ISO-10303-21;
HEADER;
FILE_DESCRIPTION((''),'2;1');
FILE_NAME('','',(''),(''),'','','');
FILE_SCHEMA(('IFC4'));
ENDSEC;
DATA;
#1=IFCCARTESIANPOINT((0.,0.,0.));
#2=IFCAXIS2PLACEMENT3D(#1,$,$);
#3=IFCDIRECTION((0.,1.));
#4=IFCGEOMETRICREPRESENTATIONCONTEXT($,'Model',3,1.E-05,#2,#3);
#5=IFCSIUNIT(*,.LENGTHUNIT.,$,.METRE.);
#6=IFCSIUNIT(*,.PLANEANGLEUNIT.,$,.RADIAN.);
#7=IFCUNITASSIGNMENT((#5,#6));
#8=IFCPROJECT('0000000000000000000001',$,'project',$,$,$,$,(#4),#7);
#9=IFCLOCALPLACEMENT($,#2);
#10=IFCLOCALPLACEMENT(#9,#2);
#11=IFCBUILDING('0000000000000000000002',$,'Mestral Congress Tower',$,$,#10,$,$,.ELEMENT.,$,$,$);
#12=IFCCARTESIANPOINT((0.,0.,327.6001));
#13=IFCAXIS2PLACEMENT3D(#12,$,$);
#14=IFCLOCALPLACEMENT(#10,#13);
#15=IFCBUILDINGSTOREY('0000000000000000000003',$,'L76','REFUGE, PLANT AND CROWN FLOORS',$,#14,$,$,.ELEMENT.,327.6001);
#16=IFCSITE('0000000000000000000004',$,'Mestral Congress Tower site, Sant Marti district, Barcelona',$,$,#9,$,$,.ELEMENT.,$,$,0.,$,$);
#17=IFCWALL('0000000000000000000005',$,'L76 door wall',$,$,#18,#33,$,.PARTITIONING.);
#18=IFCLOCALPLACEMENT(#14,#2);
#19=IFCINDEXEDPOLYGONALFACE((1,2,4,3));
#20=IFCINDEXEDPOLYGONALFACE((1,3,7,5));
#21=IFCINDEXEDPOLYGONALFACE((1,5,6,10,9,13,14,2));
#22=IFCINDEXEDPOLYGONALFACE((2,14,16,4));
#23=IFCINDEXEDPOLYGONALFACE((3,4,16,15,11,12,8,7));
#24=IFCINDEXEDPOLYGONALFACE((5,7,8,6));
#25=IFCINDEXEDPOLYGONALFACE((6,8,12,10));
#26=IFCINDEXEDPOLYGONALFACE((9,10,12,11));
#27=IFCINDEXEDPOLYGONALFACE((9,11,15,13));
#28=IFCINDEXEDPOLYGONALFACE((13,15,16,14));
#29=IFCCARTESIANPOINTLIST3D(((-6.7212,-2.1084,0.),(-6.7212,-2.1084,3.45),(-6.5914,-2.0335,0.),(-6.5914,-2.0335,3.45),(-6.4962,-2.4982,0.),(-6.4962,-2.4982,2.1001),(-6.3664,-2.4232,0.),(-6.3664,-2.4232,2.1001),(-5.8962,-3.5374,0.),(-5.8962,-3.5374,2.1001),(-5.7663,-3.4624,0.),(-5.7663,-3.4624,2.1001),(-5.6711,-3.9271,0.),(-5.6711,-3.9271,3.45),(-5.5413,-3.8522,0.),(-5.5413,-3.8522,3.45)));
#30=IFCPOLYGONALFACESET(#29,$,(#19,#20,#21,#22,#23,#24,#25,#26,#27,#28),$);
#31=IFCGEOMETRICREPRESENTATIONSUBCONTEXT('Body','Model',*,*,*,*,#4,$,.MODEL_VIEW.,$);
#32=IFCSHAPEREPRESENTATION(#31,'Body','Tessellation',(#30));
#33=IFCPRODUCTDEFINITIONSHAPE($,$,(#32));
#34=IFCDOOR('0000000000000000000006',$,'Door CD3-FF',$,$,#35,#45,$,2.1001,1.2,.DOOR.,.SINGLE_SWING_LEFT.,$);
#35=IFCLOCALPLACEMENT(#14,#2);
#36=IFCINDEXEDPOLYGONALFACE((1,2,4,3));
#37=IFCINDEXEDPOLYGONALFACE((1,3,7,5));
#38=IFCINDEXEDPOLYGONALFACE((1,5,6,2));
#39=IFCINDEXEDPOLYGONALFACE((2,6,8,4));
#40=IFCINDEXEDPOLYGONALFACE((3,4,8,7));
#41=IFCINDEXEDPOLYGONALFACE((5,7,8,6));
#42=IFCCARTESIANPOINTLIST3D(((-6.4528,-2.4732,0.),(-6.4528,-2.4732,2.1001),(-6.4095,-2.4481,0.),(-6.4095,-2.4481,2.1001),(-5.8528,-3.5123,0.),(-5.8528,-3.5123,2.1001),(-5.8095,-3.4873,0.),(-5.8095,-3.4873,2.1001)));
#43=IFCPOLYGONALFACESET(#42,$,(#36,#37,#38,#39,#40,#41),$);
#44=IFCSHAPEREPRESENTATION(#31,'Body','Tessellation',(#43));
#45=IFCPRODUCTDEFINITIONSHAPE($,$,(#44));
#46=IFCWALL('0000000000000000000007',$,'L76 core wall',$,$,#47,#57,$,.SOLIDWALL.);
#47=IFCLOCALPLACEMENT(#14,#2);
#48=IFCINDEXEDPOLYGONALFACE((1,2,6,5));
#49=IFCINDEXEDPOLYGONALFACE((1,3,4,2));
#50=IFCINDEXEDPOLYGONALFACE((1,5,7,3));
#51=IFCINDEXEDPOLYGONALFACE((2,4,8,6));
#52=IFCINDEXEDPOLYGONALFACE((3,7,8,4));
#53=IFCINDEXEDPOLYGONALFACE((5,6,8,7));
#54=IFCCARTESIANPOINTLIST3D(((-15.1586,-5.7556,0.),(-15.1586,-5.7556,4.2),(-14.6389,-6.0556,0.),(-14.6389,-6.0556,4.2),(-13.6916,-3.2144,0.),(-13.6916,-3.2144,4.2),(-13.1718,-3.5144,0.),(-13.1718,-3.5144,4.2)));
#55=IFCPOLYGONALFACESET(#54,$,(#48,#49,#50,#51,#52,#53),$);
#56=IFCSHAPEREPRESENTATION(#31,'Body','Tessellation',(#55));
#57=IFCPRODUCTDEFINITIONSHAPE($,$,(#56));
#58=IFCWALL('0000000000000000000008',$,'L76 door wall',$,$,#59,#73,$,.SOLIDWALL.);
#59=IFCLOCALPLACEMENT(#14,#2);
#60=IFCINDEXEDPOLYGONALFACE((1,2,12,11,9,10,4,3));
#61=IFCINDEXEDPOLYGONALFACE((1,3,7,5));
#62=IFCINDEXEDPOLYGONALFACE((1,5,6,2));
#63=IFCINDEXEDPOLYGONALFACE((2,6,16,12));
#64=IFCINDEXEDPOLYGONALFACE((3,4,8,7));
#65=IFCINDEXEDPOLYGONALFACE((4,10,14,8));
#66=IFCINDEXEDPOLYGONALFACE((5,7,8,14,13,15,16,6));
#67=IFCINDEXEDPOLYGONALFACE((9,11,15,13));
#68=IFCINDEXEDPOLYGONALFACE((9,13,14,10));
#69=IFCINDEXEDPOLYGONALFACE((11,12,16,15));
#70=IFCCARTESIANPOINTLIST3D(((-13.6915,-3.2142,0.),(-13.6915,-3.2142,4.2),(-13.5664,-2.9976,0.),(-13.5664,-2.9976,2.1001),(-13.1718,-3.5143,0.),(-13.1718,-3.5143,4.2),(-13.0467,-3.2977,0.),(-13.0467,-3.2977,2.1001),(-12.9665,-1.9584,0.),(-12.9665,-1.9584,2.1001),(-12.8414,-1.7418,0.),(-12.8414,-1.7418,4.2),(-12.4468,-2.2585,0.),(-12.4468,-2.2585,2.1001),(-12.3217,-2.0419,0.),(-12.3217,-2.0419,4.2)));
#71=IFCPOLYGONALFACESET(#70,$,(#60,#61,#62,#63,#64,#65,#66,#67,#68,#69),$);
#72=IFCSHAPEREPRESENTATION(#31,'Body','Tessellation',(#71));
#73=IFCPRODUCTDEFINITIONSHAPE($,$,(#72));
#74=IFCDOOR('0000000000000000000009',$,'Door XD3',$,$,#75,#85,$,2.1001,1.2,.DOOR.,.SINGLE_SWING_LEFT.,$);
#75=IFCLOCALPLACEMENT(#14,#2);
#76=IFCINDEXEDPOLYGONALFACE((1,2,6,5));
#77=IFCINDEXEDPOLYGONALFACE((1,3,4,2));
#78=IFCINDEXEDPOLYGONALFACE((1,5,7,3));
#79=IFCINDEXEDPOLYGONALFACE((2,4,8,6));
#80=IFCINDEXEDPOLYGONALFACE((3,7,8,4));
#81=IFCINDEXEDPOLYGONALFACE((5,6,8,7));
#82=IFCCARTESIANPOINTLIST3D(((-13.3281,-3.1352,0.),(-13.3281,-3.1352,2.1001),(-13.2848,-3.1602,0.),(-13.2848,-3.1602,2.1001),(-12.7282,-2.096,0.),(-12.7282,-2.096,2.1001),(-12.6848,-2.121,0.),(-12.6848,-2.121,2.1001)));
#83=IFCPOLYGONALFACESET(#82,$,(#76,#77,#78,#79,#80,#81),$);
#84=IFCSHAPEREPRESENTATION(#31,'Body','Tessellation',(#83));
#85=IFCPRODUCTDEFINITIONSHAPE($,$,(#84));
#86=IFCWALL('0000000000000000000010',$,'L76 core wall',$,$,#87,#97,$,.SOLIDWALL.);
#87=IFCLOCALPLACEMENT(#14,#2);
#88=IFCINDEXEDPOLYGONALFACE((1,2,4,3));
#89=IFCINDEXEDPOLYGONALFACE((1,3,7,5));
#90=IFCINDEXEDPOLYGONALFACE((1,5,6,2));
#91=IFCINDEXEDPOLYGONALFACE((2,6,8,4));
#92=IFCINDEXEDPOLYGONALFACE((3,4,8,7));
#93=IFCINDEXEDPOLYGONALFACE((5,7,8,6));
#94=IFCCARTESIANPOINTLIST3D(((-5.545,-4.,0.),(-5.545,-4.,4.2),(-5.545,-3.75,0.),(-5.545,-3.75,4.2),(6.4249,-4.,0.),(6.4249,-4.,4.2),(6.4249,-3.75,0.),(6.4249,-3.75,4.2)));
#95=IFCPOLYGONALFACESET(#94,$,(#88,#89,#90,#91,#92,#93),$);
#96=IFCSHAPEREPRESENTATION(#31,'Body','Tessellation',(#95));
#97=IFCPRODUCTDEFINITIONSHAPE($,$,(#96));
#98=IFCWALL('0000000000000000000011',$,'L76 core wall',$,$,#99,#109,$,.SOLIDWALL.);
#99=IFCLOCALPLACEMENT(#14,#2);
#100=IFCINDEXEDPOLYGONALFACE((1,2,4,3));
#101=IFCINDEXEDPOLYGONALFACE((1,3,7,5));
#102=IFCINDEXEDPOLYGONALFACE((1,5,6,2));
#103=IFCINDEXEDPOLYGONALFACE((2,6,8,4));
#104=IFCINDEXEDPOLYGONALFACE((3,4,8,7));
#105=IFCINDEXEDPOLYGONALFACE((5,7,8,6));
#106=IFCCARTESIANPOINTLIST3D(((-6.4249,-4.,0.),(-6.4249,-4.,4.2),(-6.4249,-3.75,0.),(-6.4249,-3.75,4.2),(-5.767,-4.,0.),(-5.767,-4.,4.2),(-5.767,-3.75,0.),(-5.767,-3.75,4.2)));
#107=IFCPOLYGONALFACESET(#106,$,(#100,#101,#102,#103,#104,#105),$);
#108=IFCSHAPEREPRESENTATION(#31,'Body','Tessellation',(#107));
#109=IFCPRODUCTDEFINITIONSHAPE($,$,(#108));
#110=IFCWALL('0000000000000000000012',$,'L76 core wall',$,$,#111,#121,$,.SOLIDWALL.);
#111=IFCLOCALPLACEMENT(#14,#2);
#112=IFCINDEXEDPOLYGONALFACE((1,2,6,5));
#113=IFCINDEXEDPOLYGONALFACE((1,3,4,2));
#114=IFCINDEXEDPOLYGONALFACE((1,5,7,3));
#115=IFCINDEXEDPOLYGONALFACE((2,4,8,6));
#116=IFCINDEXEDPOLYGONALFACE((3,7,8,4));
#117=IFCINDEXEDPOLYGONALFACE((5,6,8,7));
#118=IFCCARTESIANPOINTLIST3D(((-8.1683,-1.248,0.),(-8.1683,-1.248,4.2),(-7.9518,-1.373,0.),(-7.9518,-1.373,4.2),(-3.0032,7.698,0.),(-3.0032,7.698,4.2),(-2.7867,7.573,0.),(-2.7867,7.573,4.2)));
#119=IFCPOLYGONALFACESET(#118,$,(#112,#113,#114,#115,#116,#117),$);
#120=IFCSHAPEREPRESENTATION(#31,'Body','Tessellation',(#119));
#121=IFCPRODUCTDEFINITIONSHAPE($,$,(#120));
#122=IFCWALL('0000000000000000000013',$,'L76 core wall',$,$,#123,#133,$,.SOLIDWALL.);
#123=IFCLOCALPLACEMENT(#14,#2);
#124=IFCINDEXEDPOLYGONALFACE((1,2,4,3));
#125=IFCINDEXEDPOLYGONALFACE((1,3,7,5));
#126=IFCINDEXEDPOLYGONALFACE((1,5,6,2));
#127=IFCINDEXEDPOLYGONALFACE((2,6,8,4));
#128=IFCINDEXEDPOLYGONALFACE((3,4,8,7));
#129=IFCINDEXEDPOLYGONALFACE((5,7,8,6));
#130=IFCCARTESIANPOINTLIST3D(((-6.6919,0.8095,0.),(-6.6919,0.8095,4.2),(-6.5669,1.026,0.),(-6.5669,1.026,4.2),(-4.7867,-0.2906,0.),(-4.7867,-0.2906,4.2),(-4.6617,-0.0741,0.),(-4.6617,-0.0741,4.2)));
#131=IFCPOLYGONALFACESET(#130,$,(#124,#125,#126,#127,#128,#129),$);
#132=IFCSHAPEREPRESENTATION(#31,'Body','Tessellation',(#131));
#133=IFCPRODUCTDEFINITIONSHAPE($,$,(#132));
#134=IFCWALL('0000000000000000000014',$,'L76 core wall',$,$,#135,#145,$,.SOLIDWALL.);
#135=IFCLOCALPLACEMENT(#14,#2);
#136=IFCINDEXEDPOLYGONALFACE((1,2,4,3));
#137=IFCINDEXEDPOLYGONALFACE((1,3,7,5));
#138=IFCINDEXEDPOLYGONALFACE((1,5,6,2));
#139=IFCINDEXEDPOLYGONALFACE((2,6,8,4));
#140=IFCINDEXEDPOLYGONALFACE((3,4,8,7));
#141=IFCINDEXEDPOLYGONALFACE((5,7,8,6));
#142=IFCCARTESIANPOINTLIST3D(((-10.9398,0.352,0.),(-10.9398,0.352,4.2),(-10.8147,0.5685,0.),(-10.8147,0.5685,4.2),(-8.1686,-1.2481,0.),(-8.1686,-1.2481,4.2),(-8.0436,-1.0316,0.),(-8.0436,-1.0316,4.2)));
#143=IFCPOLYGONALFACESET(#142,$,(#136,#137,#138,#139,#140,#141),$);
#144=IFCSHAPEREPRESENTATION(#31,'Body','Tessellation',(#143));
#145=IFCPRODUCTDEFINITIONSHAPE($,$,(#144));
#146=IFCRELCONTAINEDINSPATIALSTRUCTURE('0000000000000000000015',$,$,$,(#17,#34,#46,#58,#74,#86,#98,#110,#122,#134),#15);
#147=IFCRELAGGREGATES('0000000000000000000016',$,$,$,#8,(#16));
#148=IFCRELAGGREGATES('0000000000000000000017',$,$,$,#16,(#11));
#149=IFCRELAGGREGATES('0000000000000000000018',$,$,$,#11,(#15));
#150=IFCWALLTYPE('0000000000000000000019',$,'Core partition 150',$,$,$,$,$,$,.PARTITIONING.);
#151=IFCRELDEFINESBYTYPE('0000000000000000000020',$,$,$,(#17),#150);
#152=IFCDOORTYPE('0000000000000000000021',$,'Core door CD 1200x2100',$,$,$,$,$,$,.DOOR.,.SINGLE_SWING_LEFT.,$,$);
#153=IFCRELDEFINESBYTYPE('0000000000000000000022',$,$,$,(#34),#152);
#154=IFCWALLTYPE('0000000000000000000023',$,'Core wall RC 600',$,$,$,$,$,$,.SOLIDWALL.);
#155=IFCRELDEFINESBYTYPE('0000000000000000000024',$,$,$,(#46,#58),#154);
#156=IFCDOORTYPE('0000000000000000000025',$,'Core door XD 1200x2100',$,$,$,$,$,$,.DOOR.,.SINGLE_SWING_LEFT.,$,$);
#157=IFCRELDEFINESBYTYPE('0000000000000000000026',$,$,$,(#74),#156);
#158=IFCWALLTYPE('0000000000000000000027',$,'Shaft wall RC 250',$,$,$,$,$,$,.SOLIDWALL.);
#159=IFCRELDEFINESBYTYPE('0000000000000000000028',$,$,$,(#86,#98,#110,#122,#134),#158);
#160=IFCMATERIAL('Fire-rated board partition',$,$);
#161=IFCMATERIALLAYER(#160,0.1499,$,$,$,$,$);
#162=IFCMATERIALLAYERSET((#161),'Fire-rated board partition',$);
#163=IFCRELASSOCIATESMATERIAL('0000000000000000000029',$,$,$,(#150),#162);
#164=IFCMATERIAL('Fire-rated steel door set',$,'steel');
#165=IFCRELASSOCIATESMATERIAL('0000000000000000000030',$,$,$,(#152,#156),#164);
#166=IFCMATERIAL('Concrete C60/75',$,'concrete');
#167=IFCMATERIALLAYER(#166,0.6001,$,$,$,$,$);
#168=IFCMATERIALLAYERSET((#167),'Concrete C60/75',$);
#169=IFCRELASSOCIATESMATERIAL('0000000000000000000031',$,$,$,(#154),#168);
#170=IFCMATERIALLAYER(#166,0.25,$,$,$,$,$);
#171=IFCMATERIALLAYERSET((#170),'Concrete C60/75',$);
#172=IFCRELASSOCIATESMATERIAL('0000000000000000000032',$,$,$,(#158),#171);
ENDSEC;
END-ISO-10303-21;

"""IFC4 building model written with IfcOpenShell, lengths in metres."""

from ifc_helpers import new_model, si_unit, direction, frame, frame_2d, origin, place, context, subcontext, project, spatial, rectangle, extrude, material, layer, layer_set, type_object, element, fill, save


model = new_model("IFC4")

# Units and contexts
model_context = context("Model", 3, precision=1e-05, world=origin(), true_north=direction((0.0, 1.0)))
body_context = subcontext(model_context, "Body", "Model", "MODEL_VIEW")
ifc_project = project(units=[si_unit("LENGTHUNIT", "METRE"), si_unit("PLANEANGLEUNIT", "RADIAN")], contexts=[model_context])

# Site, building, storey
site_placement = place(None, origin())
site = spatial("IfcSite", under=ifc_project, at=site_placement, Name="Mestral Congress Tower site, Sant Marti district, Barcelona", CompositionType="ELEMENT", RefElevation=0.0)
building_placement = place(site_placement, origin())
building = spatial("IfcBuilding", under=site, at=building_placement, Name="Mestral Congress Tower", CompositionType="ELEMENT")
storey_placement = place(building_placement, frame((0.0, 0.0, 327.6001)))
storey = spatial("IfcBuildingStorey", under=building, at=storey_placement, Name="L76", Description="REFUGE, PLANT AND CROWN FLOORS", CompositionType="ELEMENT", Elevation=327.6001)

# Shared definitions
ifc_material_1 = material(Name="Fire-rated board partition")
ifc_layer_1 = layer(ifc_material_1, 0.1499)
ifc_layer_set_1 = layer_set([ifc_layer_1], Name="Fire-rated board partition")
wall_type_1 = type_object("IfcWallType", Name="Core partition 150", PredefinedType="PARTITIONING", material=ifc_layer_set_1)

# Wall, opening, door
ifc_material_2 = material(Name="Fire-rated steel door set", Category="steel")
wall_1_placement = place(storey_placement, frame((-5.6062, -3.8896, 0.0), z_axis=(0.0, 0.0, 1.0), x_axis=(-0.500028, 0.866009, 0.0)))
wall_1 = element("IfcWall", 1, at=wall_1_placement, inside=storey, type_object=wall_type_1, Name="L76 door wall", PredefinedType="PARTITIONING", context=body_context, shape_type="SweptSolid", body=[
    extrude(rectangle(XDim=2.1001, YDim=0.1499, at=frame_2d((1.05, 0.0))), origin(), (0.0, 0.0, 1.0), 3.45),
])
opening_1_placement = place(wall_1_placement, frame((0.45, 0.0, 0.0)))
opening_1 = element("IfcOpeningElement", 2, at=opening_1_placement, cuts=wall_1, PredefinedType="OPENING", context=body_context, shape_type="SweptSolid", body=[
    extrude(rectangle(XDim=1.2, YDim=2.1001, at=frame_2d((0.6001, 1.05))), frame((0.0, 0.085, 0.0), z_axis=(0.0, -1.0, 0.0), x_axis=(1.0, 0.0, 0.0)), (0.0, 0.0, 1.0), 0.1699),
])
door_type_1 = type_object("IfcDoorType", Name="Core door CD 1200x2100", OperationType="SINGLE_SWING_LEFT", PredefinedType="DOOR", material=ifc_material_2)
door_1_placement = place(opening_1_placement, origin())
door_1 = element("IfcDoor", 3, at=door_1_placement, inside=storey, type_object=door_type_1, Name="Door CD3-FF", OperationType="SINGLE_SWING_LEFT", OverallHeight=2.1001, OverallWidth=1.2, PredefinedType="DOOR", context=body_context, shape_type="SweptSolid", body=[
    extrude(rectangle(XDim=1.2, YDim=2.1001, at=frame_2d((0.6001, 1.05))), frame((0.0, 0.0249, 0.0), z_axis=(0.0, -1.0, 0.0), x_axis=(1.0, 0.0, 0.0)), (0.0, 0.0, 1.0), 0.05),
])
fill(opening_1, door_1)

# Wall
ifc_material_3 = material(Name="Concrete C60/75", Category="concrete")
ifc_layer_2 = layer(ifc_material_3, 0.6001)
ifc_layer_set_2 = layer_set([ifc_layer_2], Name="Concrete C60/75")
wall_type_2 = type_object("IfcWallType", Name="Core wall RC 600", PredefinedType="SOLIDWALL", material=ifc_layer_set_2)
wall_2_placement = place(storey_placement, frame((-13.4316, -3.3643, 0.0), z_axis=(0.0, 0.0, 1.0), x_axis=(-0.49996, -0.866048, 0.0)))
element("IfcWall", 4, at=wall_2_placement, inside=storey, type_object=wall_type_2, Name="L76 core wall", PredefinedType="SOLIDWALL", context=body_context, shape_type="SweptSolid", body=[
    extrude(rectangle(XDim=2.9343, YDim=0.6001, at=frame_2d((1.4673, 0.0))), origin(), (0.0, 0.0, 1.0), 4.2),
])

# Wall, opening, door
wall_3_placement = place(storey_placement, frame((-13.4316, -3.3643, 0.0), z_axis=(0.0, 0.0, 1.0), x_axis=(0.5, 0.866025, 0.0)))
wall_3 = element("IfcWall", 5, at=wall_3_placement, inside=storey, type_object=wall_type_2, Name="L76 door wall", PredefinedType="SOLIDWALL", context=body_context, shape_type="SweptSolid", body=[
    extrude(rectangle(XDim=1.7002, YDim=0.6001, at=frame_2d((0.8501, 0.0))), origin(), (0.0, 0.0, 1.0), 4.2),
])
opening_2_placement = place(wall_3_placement, frame((0.25, 0.0, 0.0)))
opening_2 = element("IfcOpeningElement", 6, at=opening_2_placement, cuts=wall_3, PredefinedType="OPENING", context=body_context, shape_type="SweptSolid", body=[
    extrude(rectangle(XDim=1.2, YDim=2.1001, at=frame_2d((0.6001, 1.05))), frame((0.0, 0.3101, 0.0), z_axis=(0.0, -1.0, 0.0), x_axis=(1.0, 0.0, 0.0)), (0.0, 0.0, 1.0), 0.6201),
])
door_type_2 = type_object("IfcDoorType", Name="Core door XD 1200x2100", OperationType="SINGLE_SWING_LEFT", PredefinedType="DOOR", material=ifc_material_2)
door_2_placement = place(opening_2_placement, origin())
door_2 = element("IfcDoor", 7, at=door_2_placement, inside=storey, type_object=door_type_2, Name="Door XD3", OperationType="SINGLE_SWING_LEFT", OverallHeight=2.1001, OverallWidth=1.2, PredefinedType="DOOR", context=body_context, shape_type="SweptSolid", body=[
    extrude(rectangle(XDim=1.2, YDim=2.1001, at=frame_2d((0.6001, 1.05))), frame((0.0, 0.0249, 0.0), z_axis=(0.0, -1.0, 0.0), x_axis=(1.0, 0.0, 0.0)), (0.0, 0.0, 1.0), 0.05),
])
fill(opening_2, door_2)

# Walls
ifc_layer_3 = layer(ifc_material_3, 0.25)
ifc_layer_set_3 = layer_set([ifc_layer_3], Name="Concrete C60/75")
wall_type_3 = type_object("IfcWallType", Name="Shaft wall RC 250", PredefinedType="SOLIDWALL", material=ifc_layer_set_3)
wall_4_placement = place(storey_placement, frame((-5.5449, -3.875, 0.0), z_axis=(0.0, 0.0, 1.0), x_axis=(1.0, 0.0, 0.0)))
element("IfcWall", 8, at=wall_4_placement, inside=storey, type_object=wall_type_3, Name="L76 core wall", PredefinedType="SOLIDWALL", context=body_context, shape_type="SweptSolid", body=[
    extrude(rectangle(XDim=11.97, YDim=0.25, at=frame_2d((5.9849, 0.0))), origin(), (0.0, 0.0, 1.0), 4.2),
])
wall_5_placement = place(storey_placement, frame((-6.425, -3.875, 0.0), z_axis=(0.0, 0.0, 1.0), x_axis=(1.0, 0.0, 0.0)))
element("IfcWall", 9, at=wall_5_placement, inside=storey, type_object=wall_type_3, Name="L76 core wall", PredefinedType="SOLIDWALL", context=body_context, shape_type="SweptSolid", body=[
    extrude(rectangle(XDim=0.658, YDim=0.25, at=frame_2d((0.3291, 0.0))), origin(), (0.0, 0.0, 1.0), 4.2),
])
wall_6_placement = place(storey_placement, frame((-8.0601, -1.3105, 0.0), z_axis=(0.0, 0.0, 1.0), x_axis=(0.500003, 0.866024, 0.0)))
element("IfcWall", 10, at=wall_6_placement, inside=storey, type_object=wall_type_3, Name="L76 core wall", PredefinedType="SOLIDWALL", context=body_context, shape_type="SweptSolid", body=[
    extrude(rectangle(XDim=10.3301, YDim=0.25, at=frame_2d((5.165, 0.0))), origin(), (0.0, 0.0, 1.0), 4.2),
])
wall_7_placement = place(storey_placement, frame((-4.7241, -0.1824, 0.0), z_axis=(0.0, 0.0, 1.0), x_axis=(-0.866008, 0.50003, 0.0)))
element("IfcWall", 11, at=wall_7_placement, inside=storey, type_object=wall_type_3, Name="L76 core wall", PredefinedType="SOLIDWALL", context=body_context, shape_type="SweptSolid", body=[
    extrude(rectangle(XDim=2.2, YDim=0.25, at=frame_2d((1.1001, 0.0))), origin(), (0.0, 0.0, 1.0), 4.2),
])
wall_8_placement = place(storey_placement, frame((-8.106, -1.1399, 0.0), z_axis=(0.0, 0.0, 1.0), x_axis=(-0.866009, 0.500028, 0.0)))
element("IfcWall", 12, at=wall_8_placement, inside=storey, type_object=wall_type_3, Name="L76 core wall", PredefinedType="SOLIDWALL", context=body_context, shape_type="SweptSolid", body=[
    extrude(rectangle(XDim=3.2, YDim=0.25, at=frame_2d((1.6001, 0.0))), origin(), (0.0, 0.0, 1.0), 4.2),
])

save(model, "model.ifc")
